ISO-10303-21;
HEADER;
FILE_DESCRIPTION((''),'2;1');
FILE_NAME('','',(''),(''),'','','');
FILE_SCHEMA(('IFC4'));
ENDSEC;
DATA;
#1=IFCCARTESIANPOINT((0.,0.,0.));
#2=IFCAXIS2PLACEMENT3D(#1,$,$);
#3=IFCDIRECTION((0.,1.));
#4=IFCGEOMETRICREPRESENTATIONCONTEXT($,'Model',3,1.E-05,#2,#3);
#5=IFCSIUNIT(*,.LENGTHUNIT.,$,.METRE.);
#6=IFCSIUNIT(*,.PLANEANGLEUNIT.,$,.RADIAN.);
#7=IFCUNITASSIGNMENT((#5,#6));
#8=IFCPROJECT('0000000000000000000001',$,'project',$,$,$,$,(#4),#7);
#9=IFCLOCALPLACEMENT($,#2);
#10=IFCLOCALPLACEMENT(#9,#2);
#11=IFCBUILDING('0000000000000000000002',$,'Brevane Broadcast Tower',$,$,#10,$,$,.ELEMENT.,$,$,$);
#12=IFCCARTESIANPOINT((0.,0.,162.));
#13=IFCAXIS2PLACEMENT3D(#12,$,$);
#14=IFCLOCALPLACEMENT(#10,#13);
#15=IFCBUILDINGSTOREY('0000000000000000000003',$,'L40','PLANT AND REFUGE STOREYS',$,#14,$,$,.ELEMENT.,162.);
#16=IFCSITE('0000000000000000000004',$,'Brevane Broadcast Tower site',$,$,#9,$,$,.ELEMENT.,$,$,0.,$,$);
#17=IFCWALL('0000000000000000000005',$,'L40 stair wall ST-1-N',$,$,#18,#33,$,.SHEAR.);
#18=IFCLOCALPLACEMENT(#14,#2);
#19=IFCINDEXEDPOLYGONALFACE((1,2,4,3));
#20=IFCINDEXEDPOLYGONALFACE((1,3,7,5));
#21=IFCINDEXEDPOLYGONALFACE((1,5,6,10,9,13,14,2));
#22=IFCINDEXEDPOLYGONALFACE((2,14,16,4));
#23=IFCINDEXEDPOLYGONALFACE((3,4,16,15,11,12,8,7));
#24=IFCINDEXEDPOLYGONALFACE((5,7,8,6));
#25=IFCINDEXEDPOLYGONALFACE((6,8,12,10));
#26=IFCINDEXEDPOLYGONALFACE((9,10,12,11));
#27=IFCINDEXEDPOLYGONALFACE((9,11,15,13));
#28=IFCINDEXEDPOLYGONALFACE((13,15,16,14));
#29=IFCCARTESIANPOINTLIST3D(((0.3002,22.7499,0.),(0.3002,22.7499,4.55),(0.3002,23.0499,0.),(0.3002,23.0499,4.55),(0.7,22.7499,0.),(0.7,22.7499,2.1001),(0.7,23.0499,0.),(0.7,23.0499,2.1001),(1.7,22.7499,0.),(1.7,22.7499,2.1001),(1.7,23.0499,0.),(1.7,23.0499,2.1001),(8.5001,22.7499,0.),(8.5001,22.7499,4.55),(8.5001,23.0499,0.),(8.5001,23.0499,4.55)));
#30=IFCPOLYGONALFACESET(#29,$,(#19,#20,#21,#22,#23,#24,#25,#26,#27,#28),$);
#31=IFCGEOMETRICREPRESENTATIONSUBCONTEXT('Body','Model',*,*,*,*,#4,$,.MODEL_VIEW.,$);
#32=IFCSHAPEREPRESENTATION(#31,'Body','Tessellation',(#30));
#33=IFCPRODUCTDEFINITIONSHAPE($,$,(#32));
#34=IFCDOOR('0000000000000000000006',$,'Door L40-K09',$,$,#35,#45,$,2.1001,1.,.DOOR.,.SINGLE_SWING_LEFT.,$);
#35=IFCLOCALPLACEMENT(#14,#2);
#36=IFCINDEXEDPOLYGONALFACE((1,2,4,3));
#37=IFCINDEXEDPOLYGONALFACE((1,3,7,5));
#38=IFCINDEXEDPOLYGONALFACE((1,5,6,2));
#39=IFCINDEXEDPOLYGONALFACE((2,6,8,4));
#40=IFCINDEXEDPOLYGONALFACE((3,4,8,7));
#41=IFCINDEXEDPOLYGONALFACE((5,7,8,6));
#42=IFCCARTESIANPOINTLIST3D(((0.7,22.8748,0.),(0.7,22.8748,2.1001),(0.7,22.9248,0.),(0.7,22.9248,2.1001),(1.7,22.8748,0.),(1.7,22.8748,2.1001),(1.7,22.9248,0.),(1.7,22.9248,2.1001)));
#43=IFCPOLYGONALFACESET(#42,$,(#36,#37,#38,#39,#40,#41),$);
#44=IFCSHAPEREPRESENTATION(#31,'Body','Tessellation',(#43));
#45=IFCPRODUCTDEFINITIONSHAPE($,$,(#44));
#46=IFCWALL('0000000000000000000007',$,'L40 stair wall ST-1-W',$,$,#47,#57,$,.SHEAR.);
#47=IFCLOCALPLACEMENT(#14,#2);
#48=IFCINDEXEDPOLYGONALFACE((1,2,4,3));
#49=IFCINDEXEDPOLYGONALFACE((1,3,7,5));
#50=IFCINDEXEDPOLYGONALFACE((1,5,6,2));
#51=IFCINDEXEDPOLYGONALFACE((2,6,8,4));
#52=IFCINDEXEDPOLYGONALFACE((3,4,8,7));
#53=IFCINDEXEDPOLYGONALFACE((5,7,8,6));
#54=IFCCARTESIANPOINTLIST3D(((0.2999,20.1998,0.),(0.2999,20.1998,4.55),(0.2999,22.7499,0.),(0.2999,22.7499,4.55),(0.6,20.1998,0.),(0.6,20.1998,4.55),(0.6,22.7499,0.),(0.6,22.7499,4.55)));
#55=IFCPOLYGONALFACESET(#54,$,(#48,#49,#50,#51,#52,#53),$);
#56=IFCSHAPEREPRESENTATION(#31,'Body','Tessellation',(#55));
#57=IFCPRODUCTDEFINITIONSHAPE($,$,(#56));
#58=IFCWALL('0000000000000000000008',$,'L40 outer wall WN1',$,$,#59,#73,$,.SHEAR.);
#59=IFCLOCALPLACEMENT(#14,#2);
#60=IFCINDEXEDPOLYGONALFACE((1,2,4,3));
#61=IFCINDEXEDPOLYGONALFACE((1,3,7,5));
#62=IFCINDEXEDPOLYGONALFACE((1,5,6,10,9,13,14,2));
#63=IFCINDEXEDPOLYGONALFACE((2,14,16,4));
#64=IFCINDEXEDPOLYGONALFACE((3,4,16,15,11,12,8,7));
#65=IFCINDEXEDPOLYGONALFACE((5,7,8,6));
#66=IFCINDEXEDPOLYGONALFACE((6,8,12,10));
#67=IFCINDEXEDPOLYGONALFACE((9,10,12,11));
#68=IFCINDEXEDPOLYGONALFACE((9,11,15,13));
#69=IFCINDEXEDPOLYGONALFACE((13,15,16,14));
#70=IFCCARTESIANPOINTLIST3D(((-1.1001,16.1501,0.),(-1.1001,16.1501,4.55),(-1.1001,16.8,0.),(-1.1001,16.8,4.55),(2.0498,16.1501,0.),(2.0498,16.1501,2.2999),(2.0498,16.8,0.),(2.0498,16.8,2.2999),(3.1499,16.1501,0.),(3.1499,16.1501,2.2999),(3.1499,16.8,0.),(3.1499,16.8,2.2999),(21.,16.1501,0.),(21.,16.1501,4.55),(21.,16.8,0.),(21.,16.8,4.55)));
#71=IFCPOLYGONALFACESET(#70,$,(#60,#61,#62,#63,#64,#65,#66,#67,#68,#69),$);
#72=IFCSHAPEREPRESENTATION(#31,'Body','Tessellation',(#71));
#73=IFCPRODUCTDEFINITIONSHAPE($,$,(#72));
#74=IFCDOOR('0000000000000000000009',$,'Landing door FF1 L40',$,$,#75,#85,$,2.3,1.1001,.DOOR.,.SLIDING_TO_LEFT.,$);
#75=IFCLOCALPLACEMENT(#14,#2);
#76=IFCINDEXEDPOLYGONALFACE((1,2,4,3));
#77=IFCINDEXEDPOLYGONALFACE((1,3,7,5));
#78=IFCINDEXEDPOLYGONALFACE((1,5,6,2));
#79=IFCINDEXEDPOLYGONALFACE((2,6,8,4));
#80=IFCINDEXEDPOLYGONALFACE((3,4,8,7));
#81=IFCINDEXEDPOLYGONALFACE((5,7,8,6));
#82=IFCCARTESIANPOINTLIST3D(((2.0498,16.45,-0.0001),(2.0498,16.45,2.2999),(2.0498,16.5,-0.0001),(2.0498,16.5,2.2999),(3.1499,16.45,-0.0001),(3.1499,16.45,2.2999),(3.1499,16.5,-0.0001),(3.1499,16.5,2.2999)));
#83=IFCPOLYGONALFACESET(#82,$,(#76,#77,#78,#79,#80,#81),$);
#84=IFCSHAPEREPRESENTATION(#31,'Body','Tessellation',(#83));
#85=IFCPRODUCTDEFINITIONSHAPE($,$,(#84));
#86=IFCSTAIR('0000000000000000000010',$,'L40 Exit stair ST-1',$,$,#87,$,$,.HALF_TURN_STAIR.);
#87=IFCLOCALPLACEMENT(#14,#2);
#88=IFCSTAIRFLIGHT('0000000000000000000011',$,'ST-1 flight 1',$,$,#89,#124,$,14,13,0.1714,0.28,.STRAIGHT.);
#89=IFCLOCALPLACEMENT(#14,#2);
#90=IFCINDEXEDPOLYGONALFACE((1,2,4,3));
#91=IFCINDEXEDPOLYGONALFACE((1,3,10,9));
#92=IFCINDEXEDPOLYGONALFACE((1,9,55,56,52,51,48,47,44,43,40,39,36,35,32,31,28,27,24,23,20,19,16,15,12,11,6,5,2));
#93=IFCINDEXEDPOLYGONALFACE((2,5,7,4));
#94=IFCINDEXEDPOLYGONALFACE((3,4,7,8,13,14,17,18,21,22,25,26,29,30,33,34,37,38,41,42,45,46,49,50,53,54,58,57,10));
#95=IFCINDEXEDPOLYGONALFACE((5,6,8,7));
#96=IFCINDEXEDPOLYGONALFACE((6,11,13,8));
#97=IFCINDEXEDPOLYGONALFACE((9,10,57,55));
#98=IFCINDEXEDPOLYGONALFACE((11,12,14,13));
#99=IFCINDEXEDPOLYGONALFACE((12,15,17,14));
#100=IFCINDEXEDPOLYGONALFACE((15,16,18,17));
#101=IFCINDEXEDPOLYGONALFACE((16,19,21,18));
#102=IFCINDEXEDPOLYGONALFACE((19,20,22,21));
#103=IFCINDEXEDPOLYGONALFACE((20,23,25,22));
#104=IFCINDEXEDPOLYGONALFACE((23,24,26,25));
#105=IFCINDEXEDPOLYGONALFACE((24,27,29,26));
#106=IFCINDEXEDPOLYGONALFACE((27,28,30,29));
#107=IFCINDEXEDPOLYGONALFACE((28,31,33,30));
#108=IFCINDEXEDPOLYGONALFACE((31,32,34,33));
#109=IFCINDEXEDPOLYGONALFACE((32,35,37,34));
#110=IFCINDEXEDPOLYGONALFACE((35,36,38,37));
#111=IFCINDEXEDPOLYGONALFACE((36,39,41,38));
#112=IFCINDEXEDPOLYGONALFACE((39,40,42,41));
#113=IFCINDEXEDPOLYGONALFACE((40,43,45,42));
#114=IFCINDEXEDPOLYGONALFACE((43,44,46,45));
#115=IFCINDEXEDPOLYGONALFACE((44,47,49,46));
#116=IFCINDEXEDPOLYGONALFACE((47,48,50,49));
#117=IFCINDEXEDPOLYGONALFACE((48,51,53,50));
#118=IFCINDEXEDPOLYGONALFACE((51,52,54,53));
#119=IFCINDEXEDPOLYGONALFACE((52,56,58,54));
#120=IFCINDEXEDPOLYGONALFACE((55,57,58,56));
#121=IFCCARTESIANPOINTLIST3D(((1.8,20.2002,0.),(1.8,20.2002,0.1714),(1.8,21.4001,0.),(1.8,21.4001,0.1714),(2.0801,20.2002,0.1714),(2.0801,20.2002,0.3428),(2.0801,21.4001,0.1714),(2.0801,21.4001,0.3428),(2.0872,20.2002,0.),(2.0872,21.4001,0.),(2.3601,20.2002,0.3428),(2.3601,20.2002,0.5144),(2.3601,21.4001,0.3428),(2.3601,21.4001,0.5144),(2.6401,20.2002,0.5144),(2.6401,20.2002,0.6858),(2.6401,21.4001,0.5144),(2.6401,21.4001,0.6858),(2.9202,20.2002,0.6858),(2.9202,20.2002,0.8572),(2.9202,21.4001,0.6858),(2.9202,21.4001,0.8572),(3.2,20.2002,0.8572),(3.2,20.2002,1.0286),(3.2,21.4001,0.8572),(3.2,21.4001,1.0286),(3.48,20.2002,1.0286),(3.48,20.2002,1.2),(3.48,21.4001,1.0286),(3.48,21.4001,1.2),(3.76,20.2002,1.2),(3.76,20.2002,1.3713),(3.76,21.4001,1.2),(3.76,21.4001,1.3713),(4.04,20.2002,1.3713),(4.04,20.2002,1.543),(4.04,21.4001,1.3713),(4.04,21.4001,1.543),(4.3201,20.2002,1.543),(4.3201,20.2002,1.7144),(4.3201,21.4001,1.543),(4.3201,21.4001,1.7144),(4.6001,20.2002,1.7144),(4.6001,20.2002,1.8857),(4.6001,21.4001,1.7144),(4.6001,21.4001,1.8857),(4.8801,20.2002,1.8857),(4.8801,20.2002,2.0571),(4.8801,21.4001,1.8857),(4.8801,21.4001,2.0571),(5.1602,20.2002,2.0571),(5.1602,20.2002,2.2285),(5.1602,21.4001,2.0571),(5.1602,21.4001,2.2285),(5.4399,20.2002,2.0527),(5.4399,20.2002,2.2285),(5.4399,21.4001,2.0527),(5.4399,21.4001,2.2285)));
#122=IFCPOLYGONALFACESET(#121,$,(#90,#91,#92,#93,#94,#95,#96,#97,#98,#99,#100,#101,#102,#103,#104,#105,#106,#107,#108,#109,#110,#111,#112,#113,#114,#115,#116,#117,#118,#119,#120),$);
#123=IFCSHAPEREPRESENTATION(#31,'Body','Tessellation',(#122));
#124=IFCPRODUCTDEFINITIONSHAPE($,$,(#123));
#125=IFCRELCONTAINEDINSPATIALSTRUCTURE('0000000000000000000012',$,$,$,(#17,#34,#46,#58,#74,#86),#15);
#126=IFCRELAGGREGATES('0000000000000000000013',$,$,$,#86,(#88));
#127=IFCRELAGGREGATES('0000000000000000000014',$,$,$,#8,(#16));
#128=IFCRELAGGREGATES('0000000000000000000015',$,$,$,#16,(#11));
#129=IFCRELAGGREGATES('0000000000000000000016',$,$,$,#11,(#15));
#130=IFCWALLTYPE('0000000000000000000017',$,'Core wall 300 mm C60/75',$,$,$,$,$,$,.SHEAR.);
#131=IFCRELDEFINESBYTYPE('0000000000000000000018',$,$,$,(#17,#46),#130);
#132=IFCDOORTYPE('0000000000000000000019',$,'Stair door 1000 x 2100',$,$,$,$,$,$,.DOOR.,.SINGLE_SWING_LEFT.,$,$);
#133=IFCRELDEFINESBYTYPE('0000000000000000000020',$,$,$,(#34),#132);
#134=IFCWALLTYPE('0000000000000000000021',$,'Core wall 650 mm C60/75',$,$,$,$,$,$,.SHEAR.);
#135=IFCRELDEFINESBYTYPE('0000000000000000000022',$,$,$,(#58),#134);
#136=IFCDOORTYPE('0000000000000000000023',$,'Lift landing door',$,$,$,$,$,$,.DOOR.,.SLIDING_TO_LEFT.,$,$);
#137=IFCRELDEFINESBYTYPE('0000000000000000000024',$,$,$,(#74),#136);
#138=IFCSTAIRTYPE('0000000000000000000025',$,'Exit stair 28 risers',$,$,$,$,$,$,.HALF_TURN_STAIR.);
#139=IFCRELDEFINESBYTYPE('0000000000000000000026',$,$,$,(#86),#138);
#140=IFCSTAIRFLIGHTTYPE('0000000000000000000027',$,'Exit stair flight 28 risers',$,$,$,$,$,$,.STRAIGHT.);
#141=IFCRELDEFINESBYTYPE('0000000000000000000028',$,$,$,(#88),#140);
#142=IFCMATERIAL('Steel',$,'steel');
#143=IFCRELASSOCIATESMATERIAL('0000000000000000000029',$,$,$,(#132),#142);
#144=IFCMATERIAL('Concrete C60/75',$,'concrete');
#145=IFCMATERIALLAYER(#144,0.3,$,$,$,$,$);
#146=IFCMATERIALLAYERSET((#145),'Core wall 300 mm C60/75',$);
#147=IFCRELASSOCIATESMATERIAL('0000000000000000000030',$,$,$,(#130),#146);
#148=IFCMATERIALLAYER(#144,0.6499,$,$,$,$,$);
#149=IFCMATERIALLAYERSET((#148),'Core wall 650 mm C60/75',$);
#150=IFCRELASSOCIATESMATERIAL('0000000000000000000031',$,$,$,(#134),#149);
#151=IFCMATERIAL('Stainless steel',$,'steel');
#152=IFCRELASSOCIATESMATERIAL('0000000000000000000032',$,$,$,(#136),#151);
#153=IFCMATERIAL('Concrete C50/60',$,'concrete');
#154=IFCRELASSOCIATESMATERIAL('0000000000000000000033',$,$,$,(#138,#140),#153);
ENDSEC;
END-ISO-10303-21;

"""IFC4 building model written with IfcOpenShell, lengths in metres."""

from ifc_helpers import new_model, si_unit, direction, frame, frame_2d, origin, place, context, subcontext, project, spatial, polyline, rectangle, outline, extrude, material, layer, layer_set, type_object, element, fill, aggregate, save


model = new_model("IFC4")

# Units and contexts
model_context = context("Model", 3, precision=1e-05, world=origin(), true_north=direction((0.0, 1.0)))
body_context = subcontext(model_context, "Body", "Model", "MODEL_VIEW")
ifc_project = project(units=[si_unit("LENGTHUNIT", "METRE"), si_unit("PLANEANGLEUNIT", "RADIAN")], contexts=[model_context])

# Site, building, storey
site_placement = place(None, origin())
site = spatial("IfcSite", under=ifc_project, at=site_placement, Name="Brevane Broadcast Tower site", CompositionType="ELEMENT", RefElevation=0.0)
building_placement = place(site_placement, origin())
building = spatial("IfcBuilding", under=site, at=building_placement, Name="Brevane Broadcast Tower", CompositionType="ELEMENT")
storey_placement = place(building_placement, frame((0.0, 0.0, 162.0)))
storey = spatial("IfcBuildingStorey", under=building, at=storey_placement, Name="L40", Description="PLANT AND REFUGE STOREYS", CompositionType="ELEMENT", Elevation=162.0)

# Shared definitions
ifc_material_1 = material(Name="Concrete C60/75", Category="concrete")

# Wall, opening, door
ifc_material_2 = material(Name="Steel", Category="steel")
door_type_1 = type_object("IfcDoorType", Name="Stair door 1000 x 2100", OperationType="SINGLE_SWING_LEFT", PredefinedType="DOOR", material=ifc_material_2)
ifc_layer_1 = layer(ifc_material_1, 0.3)
ifc_layer_set_1 = layer_set([ifc_layer_1], Name="Core wall 300 mm C60/75")
wall_type_1 = type_object("IfcWallType", Name="Core wall 300 mm C60/75", PredefinedType="SHEAR", material=ifc_layer_set_1)
wall_1_placement = place(storey_placement, frame((0.3, 22.8999, 0.0), z_axis=(0.0, 0.0, 1.0), x_axis=(1.0, 0.0, 0.0)))
wall_1 = element("IfcWall", 1, at=wall_1_placement, inside=storey, type_object=wall_type_1, Name="L40 stair wall ST-1-N", PredefinedType="SHEAR", context=body_context, shape_type="SweptSolid", body=[
    extrude(rectangle(XDim=8.2, YDim=0.3, at=frame_2d((4.1001, 0.0))), origin(), (0.0, 0.0, 1.0), 4.55),
])
opening_1_placement = place(wall_1_placement, frame((0.3999, 0.0, 0.0)))
opening_1 = element("IfcOpeningElement", 2, at=opening_1_placement, cuts=wall_1, PredefinedType="OPENING", context=body_context, shape_type="SweptSolid", body=[
    extrude(rectangle(XDim=1.0, YDim=2.1001, at=frame_2d((0.5, 1.05))), frame((0.0, 0.1599, 0.0), z_axis=(0.0, -1.0, 0.0), x_axis=(1.0, 0.0, 0.0)), (0.0, 0.0, 1.0), 0.3201),
])
door_1_placement = place(opening_1_placement, origin())
door_1 = element("IfcDoor", 3, at=door_1_placement, inside=storey, type_object=door_type_1, Name="Door L40-K09", OperationType="SINGLE_SWING_LEFT", OverallHeight=2.1001, OverallWidth=1.0, PredefinedType="DOOR", context=body_context, shape_type="SweptSolid", body=[
    extrude(rectangle(XDim=1.0, YDim=2.1001, at=frame_2d((0.5, 1.05))), frame((0.0, 0.0249, 0.0), z_axis=(0.0, -1.0, 0.0), x_axis=(1.0, 0.0, 0.0)), (0.0, 0.0, 1.0), 0.05),
])
fill(opening_1, door_1)

# Wall
wall_2_placement = place(storey_placement, frame((0.45, 20.2, 0.0), z_axis=(0.0, 0.0, 1.0), x_axis=(0.0, 1.0, 0.0)))
element("IfcWall", 4, at=wall_2_placement, inside=storey, type_object=wall_type_1, Name="L40 stair wall ST-1-W", PredefinedType="SHEAR", context=body_context, shape_type="SweptSolid", body=[
    extrude(rectangle(XDim=2.55, YDim=0.3, at=frame_2d((1.2749, 0.0))), origin(), (0.0, 0.0, 1.0), 4.55),
])

# Wall, opening, door
ifc_layer_2 = layer(ifc_material_1, 0.6499)
ifc_layer_set_2 = layer_set([ifc_layer_2], Name="Core wall 650 mm C60/75")
wall_type_2 = type_object("IfcWallType", Name="Core wall 650 mm C60/75", PredefinedType="SHEAR", material=ifc_layer_set_2)
wall_3_placement = place(storey_placement, frame((-1.1001, 16.4751, 0.0), z_axis=(0.0, 0.0, 1.0), x_axis=(1.0, 0.0, 0.0)))
wall_3 = element("IfcWall", 5, at=wall_3_placement, inside=storey, type_object=wall_type_2, Name="L40 outer wall WN1", PredefinedType="SHEAR", context=body_context, shape_type="SweptSolid", body=[
    extrude(rectangle(XDim=22.1001, YDim=0.6499, at=frame_2d((11.05, 0.0))), origin(), (0.0, 0.0, 1.0), 4.55),
])
opening_2_placement = place(wall_3_placement, frame((3.1499, 0.0, 0.0)))
opening_2 = element("IfcOpeningElement", 6, at=opening_2_placement, cuts=wall_3, PredefinedType="OPENING", context=body_context, shape_type="SweptSolid", body=[
    extrude(rectangle(XDim=1.1001, YDim=2.3, at=frame_2d((0.55, 1.1499))), frame((0.0, 0.335, 0.0), z_axis=(0.0, -1.0, 0.0), x_axis=(1.0, 0.0, 0.0)), (0.0, 0.0, 1.0), 0.6699),
])
ifc_material_3 = material(Name="Stainless steel", Category="steel")
door_type_2 = type_object("IfcDoorType", Name="Lift landing door", OperationType="SLIDING_TO_LEFT", PredefinedType="DOOR", material=ifc_material_3)
door_2_placement = place(opening_2_placement, origin())
door_2 = element("IfcDoor", 7, at=door_2_placement, inside=storey, type_object=door_type_2, Name="Landing door FF1 L40", OperationType="SLIDING_TO_LEFT", OverallHeight=2.3, OverallWidth=1.1001, PredefinedType="DOOR", context=body_context, shape_type="SweptSolid", body=[
    extrude(rectangle(XDim=1.1001, YDim=2.3, at=frame_2d((0.55, 1.1499))), frame((0.0, 0.0249, 0.0), z_axis=(0.0, -1.0, 0.0), x_axis=(1.0, 0.0, 0.0)), (0.0, 0.0, 1.0), 0.05),
])
fill(opening_2, door_2)

# Stair, stair flight
ifc_material_4 = material(Name="Concrete C50/60", Category="concrete")
stair_type = type_object("IfcStairType", Name="Exit stair 28 risers", PredefinedType="HALF_TURN_STAIR", material=ifc_material_4)
stair_placement = place(storey_placement, origin())
stair = element("IfcStair", 8, at=stair_placement, inside=storey, type_object=stair_type, Name="L40 Exit stair ST-1", PredefinedType="HALF_TURN_STAIR")
stair_flight_type = type_object("IfcStairFlightType", Name="Exit stair flight 28 risers", PredefinedType="STRAIGHT", material=ifc_material_4)
stair_flight_placement = place(storey_placement, frame((1.8, 20.8, 0.0), z_axis=(0.0, 0.0, 1.0), x_axis=(1.0, 0.0, 0.0)))
stair_flight = element("IfcStairFlight", 9, at=stair_flight_placement, type_object=stair_flight_type, Name="ST-1 flight 1", NumberOfRisers=14, NumberOfTreads=13, PredefinedType="STRAIGHT", RiserHeight=0.1714, TreadLength=0.28, context=body_context, shape_type="SweptSolid", body=[
    extrude(outline(polyline([(0.0, 0.0), (0.0, 0.1714), (0.28, 0.1714), (0.28, 0.3428), (0.5601, 0.3428), (0.5601, 0.5144), (0.8401, 0.5144), (0.8401, 0.6858), (1.1201, 0.6858), (1.1201, 0.8572), (1.3999, 0.8572), (1.3999, 1.0286), (1.6799, 1.0286), (1.6799, 1.2), (1.96, 1.2), (1.96, 1.3713), (2.24, 1.3713), (2.24, 1.543), (2.52, 1.543), (2.52, 1.7144), (2.8, 1.7144), (2.8, 1.8857), (3.0801, 1.8857), (3.0801, 2.0571), (3.3601, 2.0571), (3.3601, 2.2285), (3.6399, 2.2285), (3.6399, 2.3999), (3.6399, 2.0527), (0.2871, 0.0), (0.0, 0.0)])), frame((0.0, 0.6001, 0.0), z_axis=(0.0, -1.0, 0.0), x_axis=(1.0, 0.0, 0.0)), (0.0, 0.0, 1.0), 1.2),
])
aggregate(stair, [stair_flight])

save(model, "model.ifc")
